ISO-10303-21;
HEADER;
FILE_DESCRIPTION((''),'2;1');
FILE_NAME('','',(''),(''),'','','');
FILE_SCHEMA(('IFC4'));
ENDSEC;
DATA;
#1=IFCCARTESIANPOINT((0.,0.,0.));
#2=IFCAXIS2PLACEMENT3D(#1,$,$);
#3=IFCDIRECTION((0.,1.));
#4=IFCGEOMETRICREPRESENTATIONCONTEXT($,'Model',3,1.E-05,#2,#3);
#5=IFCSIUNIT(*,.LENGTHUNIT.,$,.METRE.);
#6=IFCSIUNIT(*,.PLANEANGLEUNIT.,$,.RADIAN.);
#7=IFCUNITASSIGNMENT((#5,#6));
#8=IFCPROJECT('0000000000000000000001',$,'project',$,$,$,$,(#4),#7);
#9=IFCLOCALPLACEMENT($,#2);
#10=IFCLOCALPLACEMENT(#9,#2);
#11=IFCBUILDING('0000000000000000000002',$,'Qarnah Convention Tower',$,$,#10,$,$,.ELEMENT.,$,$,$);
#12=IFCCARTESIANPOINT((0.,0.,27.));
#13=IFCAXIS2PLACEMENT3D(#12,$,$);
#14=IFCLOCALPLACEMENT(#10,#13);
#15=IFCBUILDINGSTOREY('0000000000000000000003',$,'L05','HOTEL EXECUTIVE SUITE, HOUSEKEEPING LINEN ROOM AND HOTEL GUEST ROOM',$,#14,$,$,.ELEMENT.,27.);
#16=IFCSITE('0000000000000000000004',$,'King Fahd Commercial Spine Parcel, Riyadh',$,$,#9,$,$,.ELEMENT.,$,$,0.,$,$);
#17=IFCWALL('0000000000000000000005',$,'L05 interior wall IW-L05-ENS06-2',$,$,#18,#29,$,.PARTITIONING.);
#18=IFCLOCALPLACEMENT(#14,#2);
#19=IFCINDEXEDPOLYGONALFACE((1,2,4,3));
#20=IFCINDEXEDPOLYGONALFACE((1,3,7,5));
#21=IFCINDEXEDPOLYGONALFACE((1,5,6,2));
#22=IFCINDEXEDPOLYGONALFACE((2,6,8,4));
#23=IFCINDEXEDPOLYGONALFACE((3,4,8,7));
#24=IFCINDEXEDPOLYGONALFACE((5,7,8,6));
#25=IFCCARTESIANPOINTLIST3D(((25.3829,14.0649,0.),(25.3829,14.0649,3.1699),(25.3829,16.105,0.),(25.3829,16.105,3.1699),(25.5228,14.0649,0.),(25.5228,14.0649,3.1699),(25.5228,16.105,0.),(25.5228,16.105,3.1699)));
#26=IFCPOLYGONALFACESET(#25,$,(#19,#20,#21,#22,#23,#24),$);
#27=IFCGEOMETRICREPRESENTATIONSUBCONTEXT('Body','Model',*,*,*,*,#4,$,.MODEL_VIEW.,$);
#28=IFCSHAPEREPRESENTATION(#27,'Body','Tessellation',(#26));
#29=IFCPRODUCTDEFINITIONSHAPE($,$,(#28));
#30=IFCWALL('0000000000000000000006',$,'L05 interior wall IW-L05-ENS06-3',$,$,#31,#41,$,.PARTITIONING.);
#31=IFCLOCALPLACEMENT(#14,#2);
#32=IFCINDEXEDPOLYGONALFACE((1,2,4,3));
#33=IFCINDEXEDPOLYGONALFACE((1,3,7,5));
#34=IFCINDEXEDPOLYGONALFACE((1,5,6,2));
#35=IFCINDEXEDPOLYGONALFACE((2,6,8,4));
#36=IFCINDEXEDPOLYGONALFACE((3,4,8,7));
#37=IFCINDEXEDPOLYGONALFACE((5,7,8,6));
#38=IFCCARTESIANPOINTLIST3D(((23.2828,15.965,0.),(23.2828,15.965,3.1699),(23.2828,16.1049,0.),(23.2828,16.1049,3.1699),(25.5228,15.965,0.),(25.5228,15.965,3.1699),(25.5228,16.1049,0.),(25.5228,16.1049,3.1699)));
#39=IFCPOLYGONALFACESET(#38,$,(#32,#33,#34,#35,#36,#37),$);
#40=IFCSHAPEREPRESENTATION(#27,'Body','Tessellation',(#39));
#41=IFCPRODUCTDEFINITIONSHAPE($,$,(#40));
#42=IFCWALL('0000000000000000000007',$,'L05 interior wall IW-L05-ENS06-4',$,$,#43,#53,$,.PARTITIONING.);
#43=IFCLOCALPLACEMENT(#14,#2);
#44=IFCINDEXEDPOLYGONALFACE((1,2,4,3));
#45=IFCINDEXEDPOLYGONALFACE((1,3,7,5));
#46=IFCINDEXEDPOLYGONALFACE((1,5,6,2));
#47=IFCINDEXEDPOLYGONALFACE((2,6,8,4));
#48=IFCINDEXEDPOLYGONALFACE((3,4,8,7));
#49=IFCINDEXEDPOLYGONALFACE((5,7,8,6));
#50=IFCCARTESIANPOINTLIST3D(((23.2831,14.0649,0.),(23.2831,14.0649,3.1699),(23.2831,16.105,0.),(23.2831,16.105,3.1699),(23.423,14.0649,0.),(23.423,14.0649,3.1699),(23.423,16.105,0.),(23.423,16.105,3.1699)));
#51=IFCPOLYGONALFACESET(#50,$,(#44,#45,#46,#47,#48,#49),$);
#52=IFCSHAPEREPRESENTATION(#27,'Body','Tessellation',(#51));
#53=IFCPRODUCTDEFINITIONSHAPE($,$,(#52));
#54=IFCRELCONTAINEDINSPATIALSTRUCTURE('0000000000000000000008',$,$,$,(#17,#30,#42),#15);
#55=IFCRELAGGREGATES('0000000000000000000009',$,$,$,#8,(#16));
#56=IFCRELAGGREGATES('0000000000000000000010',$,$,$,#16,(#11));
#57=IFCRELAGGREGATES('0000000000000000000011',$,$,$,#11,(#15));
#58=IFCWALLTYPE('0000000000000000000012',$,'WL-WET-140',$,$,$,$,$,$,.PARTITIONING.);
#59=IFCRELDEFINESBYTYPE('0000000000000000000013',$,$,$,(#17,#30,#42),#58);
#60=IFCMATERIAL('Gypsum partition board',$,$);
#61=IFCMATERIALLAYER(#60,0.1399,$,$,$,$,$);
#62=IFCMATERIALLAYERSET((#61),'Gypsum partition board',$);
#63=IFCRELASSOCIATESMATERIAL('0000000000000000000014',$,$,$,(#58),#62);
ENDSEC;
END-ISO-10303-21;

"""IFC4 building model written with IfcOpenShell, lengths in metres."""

from ifc_helpers import new_model, si_unit, direction, frame, frame_2d, origin, place, context, subcontext, project, spatial, rectangle, extrude, material, layer, layer_set, type_object, element, save


model = new_model("IFC4")

# Units and contexts
model_context = context("Model", 3, precision=1e-05, world=origin(), true_north=direction((0.0, 1.0)))
body_context = subcontext(model_context, "Body", "Model", "MODEL_VIEW")
ifc_project = project(units=[si_unit("LENGTHUNIT", "METRE"), si_unit("PLANEANGLEUNIT", "RADIAN")], contexts=[model_context])

# Site, building, storey
site_placement = place(None, origin())
site = spatial("IfcSite", under=ifc_project, at=site_placement, Name="King Fahd Commercial Spine Parcel, Riyadh", CompositionType="ELEMENT", RefElevation=0.0)
building_placement = place(site_placement, origin())
building = spatial("IfcBuilding", under=site, at=building_placement, Name="Qarnah Convention Tower", CompositionType="ELEMENT")
storey_placement = place(building_placement, frame((0.0, 0.0, 27.0)))
storey = spatial("IfcBuildingStorey", under=building, at=storey_placement, Name="L05", Description="HOTEL EXECUTIVE SUITE, HOUSEKEEPING LINEN ROOM AND HOTEL GUEST ROOM", CompositionType="ELEMENT", Elevation=27.0)

# Shared definitions
ifc_material_1 = material(Name="Gypsum partition board")

# Shared definitions
ifc_layer_1 = layer(ifc_material_1, 0.1399)
ifc_layer_set_1 = layer_set([ifc_layer_1], Name="Gypsum partition board")
wall_type_1 = type_object("IfcWallType", Name="WL-WET-140", PredefinedType="PARTITIONING", material=ifc_layer_set_1)

# Walls
wall_1_placement = place(storey_placement, frame((25.4529, 14.0649, 0.0), z_axis=(0.0, 0.0, 1.0), x_axis=(0.0, 1.0, 0.0)))
element("IfcWall", 1, at=wall_1_placement, inside=storey, type_object=wall_type_1, Name="L05 interior wall IW-L05-ENS06-2", PredefinedType="PARTITIONING", context=body_context, shape_type="SweptSolid", body=[
    extrude(rectangle(XDim=2.04, YDim=0.1399, at=frame_2d((1.02, 0.0))), origin(), (0.0, 0.0, 1.0), 3.1699),
])
wall_2_placement = place(storey_placement, frame((25.5229, 16.0349, 0.0), z_axis=(0.0, 0.0, 1.0), x_axis=(-1.0, 0.0, 0.0)))
element("IfcWall", 2, at=wall_2_placement, inside=storey, type_object=wall_type_1, Name="L05 interior wall IW-L05-ENS06-3", PredefinedType="PARTITIONING", context=body_context, shape_type="SweptSolid", body=[
    extrude(rectangle(XDim=2.24, YDim=0.1399, at=frame_2d((1.1201, 0.0))), origin(), (0.0, 0.0, 1.0), 3.1699),
])
wall_3_placement = place(storey_placement, frame((23.353, 16.105, 0.0), z_axis=(0.0, 0.0, 1.0), x_axis=(0.0, -1.0, 0.0)))
element("IfcWall", 3, at=wall_3_placement, inside=storey, type_object=wall_type_1, Name="L05 interior wall IW-L05-ENS06-4", PredefinedType="PARTITIONING", context=body_context, shape_type="SweptSolid", body=[
    extrude(rectangle(XDim=2.04, YDim=0.1399, at=frame_2d((1.02, 0.0))), origin(), (0.0, 0.0, 1.0), 3.1699),
])

save(model, "model.ifc")
